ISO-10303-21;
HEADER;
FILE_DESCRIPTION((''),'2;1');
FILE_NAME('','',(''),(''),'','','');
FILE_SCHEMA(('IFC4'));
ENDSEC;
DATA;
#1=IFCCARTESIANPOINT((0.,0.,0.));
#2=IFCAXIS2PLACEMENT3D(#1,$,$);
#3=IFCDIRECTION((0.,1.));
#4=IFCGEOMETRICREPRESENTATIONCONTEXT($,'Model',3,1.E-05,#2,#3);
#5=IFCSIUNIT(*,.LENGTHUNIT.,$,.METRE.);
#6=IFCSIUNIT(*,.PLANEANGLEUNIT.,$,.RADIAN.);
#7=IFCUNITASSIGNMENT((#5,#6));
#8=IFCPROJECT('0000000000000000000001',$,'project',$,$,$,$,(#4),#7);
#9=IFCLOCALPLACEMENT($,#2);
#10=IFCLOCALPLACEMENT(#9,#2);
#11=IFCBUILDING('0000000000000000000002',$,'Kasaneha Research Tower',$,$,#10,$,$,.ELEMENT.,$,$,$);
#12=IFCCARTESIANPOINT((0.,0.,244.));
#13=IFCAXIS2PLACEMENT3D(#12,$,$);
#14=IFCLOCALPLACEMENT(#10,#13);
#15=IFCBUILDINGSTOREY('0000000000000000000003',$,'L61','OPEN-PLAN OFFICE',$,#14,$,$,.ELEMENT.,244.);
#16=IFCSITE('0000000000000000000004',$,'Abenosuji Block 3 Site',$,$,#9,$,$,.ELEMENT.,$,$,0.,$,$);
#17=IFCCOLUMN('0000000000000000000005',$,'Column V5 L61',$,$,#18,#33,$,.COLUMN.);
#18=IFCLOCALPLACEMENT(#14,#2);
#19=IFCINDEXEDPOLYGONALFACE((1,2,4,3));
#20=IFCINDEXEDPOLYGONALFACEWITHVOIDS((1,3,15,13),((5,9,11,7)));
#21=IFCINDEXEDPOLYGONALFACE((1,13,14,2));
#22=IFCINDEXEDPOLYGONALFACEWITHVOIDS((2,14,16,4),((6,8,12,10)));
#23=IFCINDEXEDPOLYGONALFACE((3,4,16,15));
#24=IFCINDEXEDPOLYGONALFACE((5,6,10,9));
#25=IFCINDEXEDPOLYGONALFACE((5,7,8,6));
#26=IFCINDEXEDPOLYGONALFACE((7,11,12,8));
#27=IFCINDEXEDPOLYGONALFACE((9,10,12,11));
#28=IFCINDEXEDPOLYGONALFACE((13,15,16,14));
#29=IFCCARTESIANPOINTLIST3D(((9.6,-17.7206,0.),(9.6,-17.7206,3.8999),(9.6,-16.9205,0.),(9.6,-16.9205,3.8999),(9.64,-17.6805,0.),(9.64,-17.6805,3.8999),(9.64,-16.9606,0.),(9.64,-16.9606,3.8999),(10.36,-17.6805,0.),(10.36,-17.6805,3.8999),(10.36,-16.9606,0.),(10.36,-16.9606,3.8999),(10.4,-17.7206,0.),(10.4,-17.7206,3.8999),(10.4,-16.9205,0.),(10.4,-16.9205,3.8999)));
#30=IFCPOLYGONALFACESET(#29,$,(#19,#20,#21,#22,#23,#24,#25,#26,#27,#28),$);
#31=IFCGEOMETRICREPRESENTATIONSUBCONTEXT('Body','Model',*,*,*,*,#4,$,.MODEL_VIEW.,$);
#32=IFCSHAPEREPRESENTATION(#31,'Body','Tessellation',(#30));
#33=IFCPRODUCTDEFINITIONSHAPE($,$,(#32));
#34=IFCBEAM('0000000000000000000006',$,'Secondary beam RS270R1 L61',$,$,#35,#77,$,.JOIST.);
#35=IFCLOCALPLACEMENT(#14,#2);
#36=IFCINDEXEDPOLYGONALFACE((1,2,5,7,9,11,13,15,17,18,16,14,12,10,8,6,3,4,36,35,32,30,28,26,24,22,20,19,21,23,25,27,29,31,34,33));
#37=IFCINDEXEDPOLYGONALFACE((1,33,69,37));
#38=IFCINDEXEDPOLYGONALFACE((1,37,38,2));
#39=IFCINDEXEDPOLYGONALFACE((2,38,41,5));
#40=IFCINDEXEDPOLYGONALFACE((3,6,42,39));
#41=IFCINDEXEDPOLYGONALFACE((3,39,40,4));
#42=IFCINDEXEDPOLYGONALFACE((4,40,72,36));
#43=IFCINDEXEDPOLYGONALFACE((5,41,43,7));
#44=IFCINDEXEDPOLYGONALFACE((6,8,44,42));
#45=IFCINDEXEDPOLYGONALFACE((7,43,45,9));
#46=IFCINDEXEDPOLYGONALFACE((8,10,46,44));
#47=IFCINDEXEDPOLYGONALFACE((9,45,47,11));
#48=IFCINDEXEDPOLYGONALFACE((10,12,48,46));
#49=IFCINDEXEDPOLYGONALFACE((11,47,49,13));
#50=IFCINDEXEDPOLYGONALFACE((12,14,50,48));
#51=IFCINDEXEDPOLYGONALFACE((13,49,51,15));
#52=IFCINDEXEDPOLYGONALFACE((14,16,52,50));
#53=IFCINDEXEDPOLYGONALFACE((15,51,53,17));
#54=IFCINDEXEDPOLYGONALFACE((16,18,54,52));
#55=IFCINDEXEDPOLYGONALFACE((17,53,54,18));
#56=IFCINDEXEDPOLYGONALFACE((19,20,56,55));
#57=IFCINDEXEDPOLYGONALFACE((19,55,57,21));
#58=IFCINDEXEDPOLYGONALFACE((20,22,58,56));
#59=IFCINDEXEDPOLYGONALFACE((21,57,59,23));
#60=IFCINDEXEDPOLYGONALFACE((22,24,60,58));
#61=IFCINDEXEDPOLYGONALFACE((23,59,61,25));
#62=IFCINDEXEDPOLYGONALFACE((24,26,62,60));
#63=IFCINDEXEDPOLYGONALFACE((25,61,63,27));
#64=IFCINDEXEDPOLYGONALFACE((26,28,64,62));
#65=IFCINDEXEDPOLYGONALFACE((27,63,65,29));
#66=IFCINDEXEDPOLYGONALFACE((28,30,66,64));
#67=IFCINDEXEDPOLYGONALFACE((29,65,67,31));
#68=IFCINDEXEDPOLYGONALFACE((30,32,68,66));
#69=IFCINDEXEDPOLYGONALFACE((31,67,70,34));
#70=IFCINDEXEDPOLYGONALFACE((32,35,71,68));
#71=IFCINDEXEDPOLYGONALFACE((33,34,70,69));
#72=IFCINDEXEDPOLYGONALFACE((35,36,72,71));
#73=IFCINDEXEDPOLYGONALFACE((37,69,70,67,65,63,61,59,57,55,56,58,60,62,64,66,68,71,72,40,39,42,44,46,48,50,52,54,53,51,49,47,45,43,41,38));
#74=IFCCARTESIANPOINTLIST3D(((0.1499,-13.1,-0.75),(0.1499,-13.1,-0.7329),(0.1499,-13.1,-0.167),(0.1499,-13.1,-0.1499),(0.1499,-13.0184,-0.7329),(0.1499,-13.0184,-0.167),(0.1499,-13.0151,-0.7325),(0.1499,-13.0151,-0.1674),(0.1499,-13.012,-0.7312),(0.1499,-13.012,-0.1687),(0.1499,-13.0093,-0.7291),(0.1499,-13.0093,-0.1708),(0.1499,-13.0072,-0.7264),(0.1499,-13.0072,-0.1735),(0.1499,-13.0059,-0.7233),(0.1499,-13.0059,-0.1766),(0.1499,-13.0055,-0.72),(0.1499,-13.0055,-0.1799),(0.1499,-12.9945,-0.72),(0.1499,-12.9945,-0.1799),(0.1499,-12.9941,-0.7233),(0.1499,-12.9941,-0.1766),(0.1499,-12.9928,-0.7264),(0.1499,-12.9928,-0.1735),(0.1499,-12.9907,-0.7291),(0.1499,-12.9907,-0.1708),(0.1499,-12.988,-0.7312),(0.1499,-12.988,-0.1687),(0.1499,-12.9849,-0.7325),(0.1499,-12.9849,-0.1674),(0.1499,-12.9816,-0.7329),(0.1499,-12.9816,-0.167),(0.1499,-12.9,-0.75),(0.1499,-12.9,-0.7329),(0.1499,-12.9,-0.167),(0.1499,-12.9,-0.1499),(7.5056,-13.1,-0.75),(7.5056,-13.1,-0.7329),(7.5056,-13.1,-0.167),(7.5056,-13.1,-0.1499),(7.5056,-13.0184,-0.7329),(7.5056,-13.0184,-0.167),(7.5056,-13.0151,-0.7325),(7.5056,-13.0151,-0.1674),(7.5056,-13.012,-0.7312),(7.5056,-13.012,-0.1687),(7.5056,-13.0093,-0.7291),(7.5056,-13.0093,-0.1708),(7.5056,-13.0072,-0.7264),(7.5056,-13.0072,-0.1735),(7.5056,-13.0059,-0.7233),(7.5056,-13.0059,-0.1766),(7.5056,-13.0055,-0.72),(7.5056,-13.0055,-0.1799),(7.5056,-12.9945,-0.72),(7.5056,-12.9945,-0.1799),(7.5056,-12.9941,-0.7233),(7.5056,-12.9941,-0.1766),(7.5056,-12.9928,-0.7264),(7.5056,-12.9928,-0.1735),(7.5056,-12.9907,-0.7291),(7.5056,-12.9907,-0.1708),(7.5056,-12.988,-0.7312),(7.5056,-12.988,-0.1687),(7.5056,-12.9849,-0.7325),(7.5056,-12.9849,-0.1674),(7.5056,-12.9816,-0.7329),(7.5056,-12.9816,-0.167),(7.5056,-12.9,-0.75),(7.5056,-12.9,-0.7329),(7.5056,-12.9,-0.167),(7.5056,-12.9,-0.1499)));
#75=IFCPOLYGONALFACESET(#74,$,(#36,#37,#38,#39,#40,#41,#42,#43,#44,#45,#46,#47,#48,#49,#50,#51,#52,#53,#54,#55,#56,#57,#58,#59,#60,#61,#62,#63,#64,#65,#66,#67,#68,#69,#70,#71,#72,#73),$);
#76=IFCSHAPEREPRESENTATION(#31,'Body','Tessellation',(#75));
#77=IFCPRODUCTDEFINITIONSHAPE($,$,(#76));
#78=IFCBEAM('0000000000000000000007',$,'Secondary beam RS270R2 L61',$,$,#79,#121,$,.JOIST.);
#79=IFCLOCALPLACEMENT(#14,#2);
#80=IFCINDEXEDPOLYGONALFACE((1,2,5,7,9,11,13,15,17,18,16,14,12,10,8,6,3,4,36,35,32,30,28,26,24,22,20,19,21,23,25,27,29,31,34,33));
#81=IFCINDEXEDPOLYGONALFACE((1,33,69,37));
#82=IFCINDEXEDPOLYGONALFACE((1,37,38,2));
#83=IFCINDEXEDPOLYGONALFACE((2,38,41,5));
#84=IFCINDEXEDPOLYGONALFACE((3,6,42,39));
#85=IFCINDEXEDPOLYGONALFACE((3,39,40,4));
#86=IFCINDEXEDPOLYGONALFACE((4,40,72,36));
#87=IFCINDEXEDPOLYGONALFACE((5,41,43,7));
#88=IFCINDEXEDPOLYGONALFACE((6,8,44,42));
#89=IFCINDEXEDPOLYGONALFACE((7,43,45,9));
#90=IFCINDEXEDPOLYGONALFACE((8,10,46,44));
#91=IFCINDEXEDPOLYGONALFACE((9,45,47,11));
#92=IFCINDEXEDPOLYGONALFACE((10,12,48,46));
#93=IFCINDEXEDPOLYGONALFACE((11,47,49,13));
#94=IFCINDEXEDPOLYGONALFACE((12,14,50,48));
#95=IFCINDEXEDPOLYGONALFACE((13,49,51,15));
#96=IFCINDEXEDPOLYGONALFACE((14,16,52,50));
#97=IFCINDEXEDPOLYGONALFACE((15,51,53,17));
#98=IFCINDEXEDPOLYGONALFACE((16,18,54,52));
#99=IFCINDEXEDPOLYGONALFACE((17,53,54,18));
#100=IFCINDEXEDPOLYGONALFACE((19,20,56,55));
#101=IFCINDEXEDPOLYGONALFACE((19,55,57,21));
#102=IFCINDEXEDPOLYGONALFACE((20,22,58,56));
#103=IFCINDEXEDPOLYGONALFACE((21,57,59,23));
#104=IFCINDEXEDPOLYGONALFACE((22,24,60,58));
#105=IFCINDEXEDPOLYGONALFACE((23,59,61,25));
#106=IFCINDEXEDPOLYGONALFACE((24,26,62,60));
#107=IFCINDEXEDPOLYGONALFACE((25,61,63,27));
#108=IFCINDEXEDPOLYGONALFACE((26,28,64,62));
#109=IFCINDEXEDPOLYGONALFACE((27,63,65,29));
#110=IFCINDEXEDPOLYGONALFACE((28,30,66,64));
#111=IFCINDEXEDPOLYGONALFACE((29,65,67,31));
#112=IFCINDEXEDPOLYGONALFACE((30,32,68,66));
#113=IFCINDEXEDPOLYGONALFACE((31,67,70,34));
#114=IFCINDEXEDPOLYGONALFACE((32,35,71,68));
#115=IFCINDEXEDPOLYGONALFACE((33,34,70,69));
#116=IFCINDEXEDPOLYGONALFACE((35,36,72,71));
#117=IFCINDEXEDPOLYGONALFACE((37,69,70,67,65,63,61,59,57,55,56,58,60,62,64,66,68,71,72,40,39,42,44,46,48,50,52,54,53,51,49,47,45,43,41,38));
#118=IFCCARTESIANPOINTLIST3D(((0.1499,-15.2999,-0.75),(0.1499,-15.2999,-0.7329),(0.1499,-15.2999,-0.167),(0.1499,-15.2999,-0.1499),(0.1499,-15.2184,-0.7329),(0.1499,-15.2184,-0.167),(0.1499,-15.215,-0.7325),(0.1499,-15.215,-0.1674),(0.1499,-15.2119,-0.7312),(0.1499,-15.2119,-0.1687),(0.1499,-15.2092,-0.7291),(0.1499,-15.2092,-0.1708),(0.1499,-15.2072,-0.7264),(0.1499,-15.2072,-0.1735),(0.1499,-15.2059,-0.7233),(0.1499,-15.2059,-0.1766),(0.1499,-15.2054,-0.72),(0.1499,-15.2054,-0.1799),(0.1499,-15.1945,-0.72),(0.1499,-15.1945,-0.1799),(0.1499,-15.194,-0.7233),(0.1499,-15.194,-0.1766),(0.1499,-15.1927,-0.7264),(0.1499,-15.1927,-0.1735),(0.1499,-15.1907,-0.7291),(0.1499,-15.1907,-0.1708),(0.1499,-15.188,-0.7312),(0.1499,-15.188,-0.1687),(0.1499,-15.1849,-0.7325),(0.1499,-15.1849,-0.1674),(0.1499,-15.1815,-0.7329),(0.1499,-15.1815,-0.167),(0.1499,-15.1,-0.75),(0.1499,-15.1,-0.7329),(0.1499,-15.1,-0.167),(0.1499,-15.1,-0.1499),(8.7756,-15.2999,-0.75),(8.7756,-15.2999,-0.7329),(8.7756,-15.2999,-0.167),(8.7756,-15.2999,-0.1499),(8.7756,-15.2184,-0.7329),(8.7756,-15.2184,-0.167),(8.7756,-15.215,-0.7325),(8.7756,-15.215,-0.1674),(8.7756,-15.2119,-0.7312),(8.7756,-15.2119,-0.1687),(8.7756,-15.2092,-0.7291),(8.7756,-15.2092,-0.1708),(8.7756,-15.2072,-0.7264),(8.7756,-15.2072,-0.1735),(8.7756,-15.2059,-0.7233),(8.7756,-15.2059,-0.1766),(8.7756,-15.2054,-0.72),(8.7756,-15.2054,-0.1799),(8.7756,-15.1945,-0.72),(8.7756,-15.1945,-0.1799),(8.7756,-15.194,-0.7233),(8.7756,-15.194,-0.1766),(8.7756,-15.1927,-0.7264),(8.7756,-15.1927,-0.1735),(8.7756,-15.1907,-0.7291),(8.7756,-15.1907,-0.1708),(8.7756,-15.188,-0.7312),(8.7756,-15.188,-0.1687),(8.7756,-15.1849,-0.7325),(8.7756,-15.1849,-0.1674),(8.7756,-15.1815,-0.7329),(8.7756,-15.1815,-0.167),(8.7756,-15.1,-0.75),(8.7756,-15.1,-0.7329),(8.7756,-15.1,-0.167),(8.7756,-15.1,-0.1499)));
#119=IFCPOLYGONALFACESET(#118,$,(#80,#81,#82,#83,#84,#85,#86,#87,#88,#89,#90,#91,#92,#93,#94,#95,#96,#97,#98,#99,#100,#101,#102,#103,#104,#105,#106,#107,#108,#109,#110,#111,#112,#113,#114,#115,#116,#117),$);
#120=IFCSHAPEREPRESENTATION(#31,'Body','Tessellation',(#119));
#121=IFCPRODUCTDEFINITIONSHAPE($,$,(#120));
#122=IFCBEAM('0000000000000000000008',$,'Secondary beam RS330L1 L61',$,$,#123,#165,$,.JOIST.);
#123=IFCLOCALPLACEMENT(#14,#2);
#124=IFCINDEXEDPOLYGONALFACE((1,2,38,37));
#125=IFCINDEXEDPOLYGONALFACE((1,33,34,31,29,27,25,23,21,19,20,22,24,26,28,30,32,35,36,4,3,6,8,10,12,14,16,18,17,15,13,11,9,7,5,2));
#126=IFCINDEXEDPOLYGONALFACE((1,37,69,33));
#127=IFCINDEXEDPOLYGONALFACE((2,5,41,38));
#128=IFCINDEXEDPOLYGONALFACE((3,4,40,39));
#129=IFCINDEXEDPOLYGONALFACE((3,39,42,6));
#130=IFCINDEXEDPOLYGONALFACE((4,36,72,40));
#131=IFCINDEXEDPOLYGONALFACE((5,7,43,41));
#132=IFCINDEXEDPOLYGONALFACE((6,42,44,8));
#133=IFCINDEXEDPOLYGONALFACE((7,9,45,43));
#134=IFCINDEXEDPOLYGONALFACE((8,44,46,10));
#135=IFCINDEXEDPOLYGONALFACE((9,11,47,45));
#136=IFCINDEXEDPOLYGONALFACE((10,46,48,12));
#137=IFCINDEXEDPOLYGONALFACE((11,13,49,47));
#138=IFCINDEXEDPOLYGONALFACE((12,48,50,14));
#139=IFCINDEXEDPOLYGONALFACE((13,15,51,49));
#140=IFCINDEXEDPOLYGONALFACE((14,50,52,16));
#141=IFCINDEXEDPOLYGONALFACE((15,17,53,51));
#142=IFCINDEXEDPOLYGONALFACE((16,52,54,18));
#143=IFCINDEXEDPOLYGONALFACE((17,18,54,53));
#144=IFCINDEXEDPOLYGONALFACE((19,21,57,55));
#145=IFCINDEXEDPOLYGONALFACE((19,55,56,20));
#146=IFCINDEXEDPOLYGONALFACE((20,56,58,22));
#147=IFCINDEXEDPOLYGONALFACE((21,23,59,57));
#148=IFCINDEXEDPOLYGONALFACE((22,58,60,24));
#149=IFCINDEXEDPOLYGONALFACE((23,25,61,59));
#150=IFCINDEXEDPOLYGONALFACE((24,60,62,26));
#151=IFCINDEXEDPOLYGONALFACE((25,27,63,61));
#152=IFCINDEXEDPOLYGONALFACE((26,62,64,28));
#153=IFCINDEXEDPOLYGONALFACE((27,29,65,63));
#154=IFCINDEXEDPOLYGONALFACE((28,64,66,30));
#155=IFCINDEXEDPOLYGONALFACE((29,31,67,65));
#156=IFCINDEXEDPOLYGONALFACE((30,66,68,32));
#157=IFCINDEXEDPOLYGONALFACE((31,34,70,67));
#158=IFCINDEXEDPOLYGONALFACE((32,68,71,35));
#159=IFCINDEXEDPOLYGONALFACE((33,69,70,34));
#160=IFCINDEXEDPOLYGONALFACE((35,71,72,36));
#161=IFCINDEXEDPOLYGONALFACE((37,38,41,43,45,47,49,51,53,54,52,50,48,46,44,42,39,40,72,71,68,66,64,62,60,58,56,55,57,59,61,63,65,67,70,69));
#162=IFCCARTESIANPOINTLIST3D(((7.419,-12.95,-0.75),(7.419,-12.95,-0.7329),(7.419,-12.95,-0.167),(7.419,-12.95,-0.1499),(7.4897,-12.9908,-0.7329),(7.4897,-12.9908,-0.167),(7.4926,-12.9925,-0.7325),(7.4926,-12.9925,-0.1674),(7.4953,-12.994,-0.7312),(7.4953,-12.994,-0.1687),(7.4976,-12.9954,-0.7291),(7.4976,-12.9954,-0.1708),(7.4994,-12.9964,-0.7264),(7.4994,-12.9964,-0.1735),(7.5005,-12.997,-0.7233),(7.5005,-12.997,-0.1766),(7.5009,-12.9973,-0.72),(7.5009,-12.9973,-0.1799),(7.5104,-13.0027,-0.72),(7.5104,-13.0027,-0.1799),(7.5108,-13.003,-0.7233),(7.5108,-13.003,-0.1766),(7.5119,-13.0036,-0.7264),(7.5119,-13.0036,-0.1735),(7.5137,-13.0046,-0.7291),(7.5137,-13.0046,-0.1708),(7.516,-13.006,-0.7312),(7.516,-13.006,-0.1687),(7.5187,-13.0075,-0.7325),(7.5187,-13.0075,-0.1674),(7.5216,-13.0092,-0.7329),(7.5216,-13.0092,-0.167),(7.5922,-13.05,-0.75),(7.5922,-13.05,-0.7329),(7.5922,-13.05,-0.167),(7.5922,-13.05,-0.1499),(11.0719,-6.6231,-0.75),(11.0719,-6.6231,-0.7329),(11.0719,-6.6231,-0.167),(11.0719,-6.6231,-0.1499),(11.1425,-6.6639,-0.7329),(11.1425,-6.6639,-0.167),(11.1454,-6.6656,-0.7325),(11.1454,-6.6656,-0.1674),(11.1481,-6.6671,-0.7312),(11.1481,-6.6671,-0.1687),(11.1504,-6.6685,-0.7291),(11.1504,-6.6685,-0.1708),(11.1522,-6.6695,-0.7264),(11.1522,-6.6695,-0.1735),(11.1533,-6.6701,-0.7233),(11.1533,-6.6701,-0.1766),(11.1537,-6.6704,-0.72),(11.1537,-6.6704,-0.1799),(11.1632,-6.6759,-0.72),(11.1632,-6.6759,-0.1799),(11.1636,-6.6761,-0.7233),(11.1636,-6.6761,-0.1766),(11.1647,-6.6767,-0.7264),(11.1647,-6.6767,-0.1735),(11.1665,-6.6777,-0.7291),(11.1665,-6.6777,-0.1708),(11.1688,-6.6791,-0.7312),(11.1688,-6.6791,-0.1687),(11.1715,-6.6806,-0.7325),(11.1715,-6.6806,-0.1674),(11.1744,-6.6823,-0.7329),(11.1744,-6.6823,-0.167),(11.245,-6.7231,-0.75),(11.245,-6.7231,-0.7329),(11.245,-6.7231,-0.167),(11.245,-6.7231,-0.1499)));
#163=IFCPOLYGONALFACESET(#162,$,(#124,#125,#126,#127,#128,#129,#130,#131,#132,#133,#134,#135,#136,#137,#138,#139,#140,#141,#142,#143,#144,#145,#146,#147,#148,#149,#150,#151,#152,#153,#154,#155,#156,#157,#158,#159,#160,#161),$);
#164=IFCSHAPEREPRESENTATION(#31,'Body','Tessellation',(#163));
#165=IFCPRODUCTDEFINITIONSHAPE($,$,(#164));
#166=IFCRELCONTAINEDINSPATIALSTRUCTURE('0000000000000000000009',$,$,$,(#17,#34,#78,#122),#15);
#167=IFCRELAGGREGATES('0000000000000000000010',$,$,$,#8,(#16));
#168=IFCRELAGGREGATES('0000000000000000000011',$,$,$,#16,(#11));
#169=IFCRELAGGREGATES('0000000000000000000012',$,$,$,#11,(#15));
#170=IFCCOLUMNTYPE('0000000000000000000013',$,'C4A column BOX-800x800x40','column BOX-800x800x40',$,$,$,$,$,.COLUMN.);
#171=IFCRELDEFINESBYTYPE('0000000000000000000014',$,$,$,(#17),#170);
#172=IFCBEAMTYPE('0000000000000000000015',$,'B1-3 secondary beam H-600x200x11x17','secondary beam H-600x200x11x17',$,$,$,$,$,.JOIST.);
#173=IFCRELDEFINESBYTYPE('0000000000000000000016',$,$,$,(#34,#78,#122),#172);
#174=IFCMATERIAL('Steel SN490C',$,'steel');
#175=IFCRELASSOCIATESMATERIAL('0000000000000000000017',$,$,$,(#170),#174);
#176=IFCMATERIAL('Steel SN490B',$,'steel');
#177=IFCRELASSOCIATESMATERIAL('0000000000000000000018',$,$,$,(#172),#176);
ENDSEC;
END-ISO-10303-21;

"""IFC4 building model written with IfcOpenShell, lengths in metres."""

from ifc_helpers import new_model, si_unit, direction, frame, origin, origin_2d, place, context, subcontext, project, spatial, hollow_rectangle, i_section, extrude, material, material_profile, profile_set, type_object, element, save


model = new_model("IFC4")

# Units and contexts
model_context = context("Model", 3, precision=1e-05, world=origin(), true_north=direction((0.0, 1.0)))
body_context = subcontext(model_context, "Body", "Model", "MODEL_VIEW")
ifc_project = project(units=[si_unit("LENGTHUNIT", "METRE"), si_unit("PLANEANGLEUNIT", "RADIAN")], contexts=[model_context])

# Site, building, storey
site_placement = place(None, origin())
site = spatial("IfcSite", under=ifc_project, at=site_placement, Name="Abenosuji Block 3 Site", CompositionType="ELEMENT", RefElevation=0.0)
building_placement = place(site_placement, origin())
building = spatial("IfcBuilding", under=site, at=building_placement, Name="Kasaneha Research Tower", CompositionType="ELEMENT")
storey_placement = place(building_placement, frame((0.0, 0.0, 244.0)))
storey = spatial("IfcBuildingStorey", under=building, at=storey_placement, Name="L61", Description="OPEN-PLAN OFFICE", CompositionType="ELEMENT", Elevation=244.0)

# Column
ifc_material_1 = material(Name="Steel SN490C", Category="steel")
ifc_material_profile_1 = material_profile(ifc_material_1, hollow_rectangle(XDim=0.8, YDim=0.8, WallThickness=0.04, at=origin_2d()), Name="BOX-800x800x40")
ifc_profile_set_1 = profile_set([ifc_material_profile_1], Name="Steel SN490C")
column_type = type_object("IfcColumnType", Name="C4A column BOX-800x800x40", Description="column BOX-800x800x40", PredefinedType="COLUMN", material=ifc_profile_set_1)
column_placement = place(storey_placement, frame((10.0, -17.3206, 0.0), z_axis=(0.0, 0.0, 1.0), x_axis=(1.0, 0.0, 0.0)))
element("IfcColumn", 1, at=column_placement, inside=storey, type_object=column_type, Name="Column V5 L61", PredefinedType="COLUMN", context=body_context, shape_type="SweptSolid", body=[
    extrude(hollow_rectangle(XDim=0.8, YDim=0.8, WallThickness=0.04, at=origin_2d()), origin(), (0.0, 0.0, 1.0), 3.8999),
])

# Beams
ifc_material_2 = material(Name="Steel SN490B", Category="steel")
ifc_material_profile_2 = material_profile(ifc_material_2, i_section(OverallWidth=0.2, OverallDepth=0.6001, WebThickness=0.011, FlangeThickness=0.0171, FilletRadius=0.0129, at=origin_2d()), Name="H-600x200x11x17")
ifc_profile_set_2 = profile_set([ifc_material_profile_2], Name="Steel SN490B")
beam_type_1 = type_object("IfcBeamType", Name="B1-3 secondary beam H-600x200x11x17", Description="secondary beam H-600x200x11x17", PredefinedType="JOIST", material=ifc_profile_set_2)
beam_1_placement = place(storey_placement, frame((7.5056, -13.0, -0.45), z_axis=(-1.0, 0.0, 0.0), x_axis=(0.0, -1.0, 0.0)))
element("IfcBeam", 2, at=beam_1_placement, inside=storey, type_object=beam_type_1, Name="Secondary beam RS270R1 L61", PredefinedType="JOIST", context=body_context, shape_type="SweptSolid", body=[
    extrude(i_section(OverallWidth=0.2, OverallDepth=0.6001, WebThickness=0.011, FlangeThickness=0.0171, FilletRadius=0.0129, at=origin_2d()), origin(), (0.0, 0.0, 1.0), 7.3557),
])
beam_2_placement = place(storey_placement, frame((8.7756, -15.2, -0.45), z_axis=(-1.0, 0.0, 0.0), x_axis=(0.0, -1.0, 0.0)))
element("IfcBeam", 3, at=beam_2_placement, inside=storey, type_object=beam_type_1, Name="Secondary beam RS270R2 L61", PredefinedType="JOIST", context=body_context, shape_type="SweptSolid", body=[
    extrude(i_section(OverallWidth=0.2, OverallDepth=0.6001, WebThickness=0.011, FlangeThickness=0.0171, FilletRadius=0.0129, at=origin_2d()), origin(), (0.0, 0.0, 1.0), 8.6257),
])
beam_3_placement = place(storey_placement, frame((7.5056, -13.0, -0.45), z_axis=(0.499999, 0.866026, 0.0), x_axis=(-0.866026, 0.499999, 0.0)))
element("IfcBeam", 4, at=beam_3_placement, inside=storey, type_object=beam_type_1, Name="Secondary beam RS330L1 L61", PredefinedType="JOIST", context=body_context, shape_type="SweptSolid", body=[
    extrude(i_section(OverallWidth=0.2, OverallDepth=0.6001, WebThickness=0.011, FlangeThickness=0.0171, FilletRadius=0.0129, at=origin_2d()), origin(), (0.0, 0.0, 1.0), 7.3057),
])

save(model, "model.ifc")
